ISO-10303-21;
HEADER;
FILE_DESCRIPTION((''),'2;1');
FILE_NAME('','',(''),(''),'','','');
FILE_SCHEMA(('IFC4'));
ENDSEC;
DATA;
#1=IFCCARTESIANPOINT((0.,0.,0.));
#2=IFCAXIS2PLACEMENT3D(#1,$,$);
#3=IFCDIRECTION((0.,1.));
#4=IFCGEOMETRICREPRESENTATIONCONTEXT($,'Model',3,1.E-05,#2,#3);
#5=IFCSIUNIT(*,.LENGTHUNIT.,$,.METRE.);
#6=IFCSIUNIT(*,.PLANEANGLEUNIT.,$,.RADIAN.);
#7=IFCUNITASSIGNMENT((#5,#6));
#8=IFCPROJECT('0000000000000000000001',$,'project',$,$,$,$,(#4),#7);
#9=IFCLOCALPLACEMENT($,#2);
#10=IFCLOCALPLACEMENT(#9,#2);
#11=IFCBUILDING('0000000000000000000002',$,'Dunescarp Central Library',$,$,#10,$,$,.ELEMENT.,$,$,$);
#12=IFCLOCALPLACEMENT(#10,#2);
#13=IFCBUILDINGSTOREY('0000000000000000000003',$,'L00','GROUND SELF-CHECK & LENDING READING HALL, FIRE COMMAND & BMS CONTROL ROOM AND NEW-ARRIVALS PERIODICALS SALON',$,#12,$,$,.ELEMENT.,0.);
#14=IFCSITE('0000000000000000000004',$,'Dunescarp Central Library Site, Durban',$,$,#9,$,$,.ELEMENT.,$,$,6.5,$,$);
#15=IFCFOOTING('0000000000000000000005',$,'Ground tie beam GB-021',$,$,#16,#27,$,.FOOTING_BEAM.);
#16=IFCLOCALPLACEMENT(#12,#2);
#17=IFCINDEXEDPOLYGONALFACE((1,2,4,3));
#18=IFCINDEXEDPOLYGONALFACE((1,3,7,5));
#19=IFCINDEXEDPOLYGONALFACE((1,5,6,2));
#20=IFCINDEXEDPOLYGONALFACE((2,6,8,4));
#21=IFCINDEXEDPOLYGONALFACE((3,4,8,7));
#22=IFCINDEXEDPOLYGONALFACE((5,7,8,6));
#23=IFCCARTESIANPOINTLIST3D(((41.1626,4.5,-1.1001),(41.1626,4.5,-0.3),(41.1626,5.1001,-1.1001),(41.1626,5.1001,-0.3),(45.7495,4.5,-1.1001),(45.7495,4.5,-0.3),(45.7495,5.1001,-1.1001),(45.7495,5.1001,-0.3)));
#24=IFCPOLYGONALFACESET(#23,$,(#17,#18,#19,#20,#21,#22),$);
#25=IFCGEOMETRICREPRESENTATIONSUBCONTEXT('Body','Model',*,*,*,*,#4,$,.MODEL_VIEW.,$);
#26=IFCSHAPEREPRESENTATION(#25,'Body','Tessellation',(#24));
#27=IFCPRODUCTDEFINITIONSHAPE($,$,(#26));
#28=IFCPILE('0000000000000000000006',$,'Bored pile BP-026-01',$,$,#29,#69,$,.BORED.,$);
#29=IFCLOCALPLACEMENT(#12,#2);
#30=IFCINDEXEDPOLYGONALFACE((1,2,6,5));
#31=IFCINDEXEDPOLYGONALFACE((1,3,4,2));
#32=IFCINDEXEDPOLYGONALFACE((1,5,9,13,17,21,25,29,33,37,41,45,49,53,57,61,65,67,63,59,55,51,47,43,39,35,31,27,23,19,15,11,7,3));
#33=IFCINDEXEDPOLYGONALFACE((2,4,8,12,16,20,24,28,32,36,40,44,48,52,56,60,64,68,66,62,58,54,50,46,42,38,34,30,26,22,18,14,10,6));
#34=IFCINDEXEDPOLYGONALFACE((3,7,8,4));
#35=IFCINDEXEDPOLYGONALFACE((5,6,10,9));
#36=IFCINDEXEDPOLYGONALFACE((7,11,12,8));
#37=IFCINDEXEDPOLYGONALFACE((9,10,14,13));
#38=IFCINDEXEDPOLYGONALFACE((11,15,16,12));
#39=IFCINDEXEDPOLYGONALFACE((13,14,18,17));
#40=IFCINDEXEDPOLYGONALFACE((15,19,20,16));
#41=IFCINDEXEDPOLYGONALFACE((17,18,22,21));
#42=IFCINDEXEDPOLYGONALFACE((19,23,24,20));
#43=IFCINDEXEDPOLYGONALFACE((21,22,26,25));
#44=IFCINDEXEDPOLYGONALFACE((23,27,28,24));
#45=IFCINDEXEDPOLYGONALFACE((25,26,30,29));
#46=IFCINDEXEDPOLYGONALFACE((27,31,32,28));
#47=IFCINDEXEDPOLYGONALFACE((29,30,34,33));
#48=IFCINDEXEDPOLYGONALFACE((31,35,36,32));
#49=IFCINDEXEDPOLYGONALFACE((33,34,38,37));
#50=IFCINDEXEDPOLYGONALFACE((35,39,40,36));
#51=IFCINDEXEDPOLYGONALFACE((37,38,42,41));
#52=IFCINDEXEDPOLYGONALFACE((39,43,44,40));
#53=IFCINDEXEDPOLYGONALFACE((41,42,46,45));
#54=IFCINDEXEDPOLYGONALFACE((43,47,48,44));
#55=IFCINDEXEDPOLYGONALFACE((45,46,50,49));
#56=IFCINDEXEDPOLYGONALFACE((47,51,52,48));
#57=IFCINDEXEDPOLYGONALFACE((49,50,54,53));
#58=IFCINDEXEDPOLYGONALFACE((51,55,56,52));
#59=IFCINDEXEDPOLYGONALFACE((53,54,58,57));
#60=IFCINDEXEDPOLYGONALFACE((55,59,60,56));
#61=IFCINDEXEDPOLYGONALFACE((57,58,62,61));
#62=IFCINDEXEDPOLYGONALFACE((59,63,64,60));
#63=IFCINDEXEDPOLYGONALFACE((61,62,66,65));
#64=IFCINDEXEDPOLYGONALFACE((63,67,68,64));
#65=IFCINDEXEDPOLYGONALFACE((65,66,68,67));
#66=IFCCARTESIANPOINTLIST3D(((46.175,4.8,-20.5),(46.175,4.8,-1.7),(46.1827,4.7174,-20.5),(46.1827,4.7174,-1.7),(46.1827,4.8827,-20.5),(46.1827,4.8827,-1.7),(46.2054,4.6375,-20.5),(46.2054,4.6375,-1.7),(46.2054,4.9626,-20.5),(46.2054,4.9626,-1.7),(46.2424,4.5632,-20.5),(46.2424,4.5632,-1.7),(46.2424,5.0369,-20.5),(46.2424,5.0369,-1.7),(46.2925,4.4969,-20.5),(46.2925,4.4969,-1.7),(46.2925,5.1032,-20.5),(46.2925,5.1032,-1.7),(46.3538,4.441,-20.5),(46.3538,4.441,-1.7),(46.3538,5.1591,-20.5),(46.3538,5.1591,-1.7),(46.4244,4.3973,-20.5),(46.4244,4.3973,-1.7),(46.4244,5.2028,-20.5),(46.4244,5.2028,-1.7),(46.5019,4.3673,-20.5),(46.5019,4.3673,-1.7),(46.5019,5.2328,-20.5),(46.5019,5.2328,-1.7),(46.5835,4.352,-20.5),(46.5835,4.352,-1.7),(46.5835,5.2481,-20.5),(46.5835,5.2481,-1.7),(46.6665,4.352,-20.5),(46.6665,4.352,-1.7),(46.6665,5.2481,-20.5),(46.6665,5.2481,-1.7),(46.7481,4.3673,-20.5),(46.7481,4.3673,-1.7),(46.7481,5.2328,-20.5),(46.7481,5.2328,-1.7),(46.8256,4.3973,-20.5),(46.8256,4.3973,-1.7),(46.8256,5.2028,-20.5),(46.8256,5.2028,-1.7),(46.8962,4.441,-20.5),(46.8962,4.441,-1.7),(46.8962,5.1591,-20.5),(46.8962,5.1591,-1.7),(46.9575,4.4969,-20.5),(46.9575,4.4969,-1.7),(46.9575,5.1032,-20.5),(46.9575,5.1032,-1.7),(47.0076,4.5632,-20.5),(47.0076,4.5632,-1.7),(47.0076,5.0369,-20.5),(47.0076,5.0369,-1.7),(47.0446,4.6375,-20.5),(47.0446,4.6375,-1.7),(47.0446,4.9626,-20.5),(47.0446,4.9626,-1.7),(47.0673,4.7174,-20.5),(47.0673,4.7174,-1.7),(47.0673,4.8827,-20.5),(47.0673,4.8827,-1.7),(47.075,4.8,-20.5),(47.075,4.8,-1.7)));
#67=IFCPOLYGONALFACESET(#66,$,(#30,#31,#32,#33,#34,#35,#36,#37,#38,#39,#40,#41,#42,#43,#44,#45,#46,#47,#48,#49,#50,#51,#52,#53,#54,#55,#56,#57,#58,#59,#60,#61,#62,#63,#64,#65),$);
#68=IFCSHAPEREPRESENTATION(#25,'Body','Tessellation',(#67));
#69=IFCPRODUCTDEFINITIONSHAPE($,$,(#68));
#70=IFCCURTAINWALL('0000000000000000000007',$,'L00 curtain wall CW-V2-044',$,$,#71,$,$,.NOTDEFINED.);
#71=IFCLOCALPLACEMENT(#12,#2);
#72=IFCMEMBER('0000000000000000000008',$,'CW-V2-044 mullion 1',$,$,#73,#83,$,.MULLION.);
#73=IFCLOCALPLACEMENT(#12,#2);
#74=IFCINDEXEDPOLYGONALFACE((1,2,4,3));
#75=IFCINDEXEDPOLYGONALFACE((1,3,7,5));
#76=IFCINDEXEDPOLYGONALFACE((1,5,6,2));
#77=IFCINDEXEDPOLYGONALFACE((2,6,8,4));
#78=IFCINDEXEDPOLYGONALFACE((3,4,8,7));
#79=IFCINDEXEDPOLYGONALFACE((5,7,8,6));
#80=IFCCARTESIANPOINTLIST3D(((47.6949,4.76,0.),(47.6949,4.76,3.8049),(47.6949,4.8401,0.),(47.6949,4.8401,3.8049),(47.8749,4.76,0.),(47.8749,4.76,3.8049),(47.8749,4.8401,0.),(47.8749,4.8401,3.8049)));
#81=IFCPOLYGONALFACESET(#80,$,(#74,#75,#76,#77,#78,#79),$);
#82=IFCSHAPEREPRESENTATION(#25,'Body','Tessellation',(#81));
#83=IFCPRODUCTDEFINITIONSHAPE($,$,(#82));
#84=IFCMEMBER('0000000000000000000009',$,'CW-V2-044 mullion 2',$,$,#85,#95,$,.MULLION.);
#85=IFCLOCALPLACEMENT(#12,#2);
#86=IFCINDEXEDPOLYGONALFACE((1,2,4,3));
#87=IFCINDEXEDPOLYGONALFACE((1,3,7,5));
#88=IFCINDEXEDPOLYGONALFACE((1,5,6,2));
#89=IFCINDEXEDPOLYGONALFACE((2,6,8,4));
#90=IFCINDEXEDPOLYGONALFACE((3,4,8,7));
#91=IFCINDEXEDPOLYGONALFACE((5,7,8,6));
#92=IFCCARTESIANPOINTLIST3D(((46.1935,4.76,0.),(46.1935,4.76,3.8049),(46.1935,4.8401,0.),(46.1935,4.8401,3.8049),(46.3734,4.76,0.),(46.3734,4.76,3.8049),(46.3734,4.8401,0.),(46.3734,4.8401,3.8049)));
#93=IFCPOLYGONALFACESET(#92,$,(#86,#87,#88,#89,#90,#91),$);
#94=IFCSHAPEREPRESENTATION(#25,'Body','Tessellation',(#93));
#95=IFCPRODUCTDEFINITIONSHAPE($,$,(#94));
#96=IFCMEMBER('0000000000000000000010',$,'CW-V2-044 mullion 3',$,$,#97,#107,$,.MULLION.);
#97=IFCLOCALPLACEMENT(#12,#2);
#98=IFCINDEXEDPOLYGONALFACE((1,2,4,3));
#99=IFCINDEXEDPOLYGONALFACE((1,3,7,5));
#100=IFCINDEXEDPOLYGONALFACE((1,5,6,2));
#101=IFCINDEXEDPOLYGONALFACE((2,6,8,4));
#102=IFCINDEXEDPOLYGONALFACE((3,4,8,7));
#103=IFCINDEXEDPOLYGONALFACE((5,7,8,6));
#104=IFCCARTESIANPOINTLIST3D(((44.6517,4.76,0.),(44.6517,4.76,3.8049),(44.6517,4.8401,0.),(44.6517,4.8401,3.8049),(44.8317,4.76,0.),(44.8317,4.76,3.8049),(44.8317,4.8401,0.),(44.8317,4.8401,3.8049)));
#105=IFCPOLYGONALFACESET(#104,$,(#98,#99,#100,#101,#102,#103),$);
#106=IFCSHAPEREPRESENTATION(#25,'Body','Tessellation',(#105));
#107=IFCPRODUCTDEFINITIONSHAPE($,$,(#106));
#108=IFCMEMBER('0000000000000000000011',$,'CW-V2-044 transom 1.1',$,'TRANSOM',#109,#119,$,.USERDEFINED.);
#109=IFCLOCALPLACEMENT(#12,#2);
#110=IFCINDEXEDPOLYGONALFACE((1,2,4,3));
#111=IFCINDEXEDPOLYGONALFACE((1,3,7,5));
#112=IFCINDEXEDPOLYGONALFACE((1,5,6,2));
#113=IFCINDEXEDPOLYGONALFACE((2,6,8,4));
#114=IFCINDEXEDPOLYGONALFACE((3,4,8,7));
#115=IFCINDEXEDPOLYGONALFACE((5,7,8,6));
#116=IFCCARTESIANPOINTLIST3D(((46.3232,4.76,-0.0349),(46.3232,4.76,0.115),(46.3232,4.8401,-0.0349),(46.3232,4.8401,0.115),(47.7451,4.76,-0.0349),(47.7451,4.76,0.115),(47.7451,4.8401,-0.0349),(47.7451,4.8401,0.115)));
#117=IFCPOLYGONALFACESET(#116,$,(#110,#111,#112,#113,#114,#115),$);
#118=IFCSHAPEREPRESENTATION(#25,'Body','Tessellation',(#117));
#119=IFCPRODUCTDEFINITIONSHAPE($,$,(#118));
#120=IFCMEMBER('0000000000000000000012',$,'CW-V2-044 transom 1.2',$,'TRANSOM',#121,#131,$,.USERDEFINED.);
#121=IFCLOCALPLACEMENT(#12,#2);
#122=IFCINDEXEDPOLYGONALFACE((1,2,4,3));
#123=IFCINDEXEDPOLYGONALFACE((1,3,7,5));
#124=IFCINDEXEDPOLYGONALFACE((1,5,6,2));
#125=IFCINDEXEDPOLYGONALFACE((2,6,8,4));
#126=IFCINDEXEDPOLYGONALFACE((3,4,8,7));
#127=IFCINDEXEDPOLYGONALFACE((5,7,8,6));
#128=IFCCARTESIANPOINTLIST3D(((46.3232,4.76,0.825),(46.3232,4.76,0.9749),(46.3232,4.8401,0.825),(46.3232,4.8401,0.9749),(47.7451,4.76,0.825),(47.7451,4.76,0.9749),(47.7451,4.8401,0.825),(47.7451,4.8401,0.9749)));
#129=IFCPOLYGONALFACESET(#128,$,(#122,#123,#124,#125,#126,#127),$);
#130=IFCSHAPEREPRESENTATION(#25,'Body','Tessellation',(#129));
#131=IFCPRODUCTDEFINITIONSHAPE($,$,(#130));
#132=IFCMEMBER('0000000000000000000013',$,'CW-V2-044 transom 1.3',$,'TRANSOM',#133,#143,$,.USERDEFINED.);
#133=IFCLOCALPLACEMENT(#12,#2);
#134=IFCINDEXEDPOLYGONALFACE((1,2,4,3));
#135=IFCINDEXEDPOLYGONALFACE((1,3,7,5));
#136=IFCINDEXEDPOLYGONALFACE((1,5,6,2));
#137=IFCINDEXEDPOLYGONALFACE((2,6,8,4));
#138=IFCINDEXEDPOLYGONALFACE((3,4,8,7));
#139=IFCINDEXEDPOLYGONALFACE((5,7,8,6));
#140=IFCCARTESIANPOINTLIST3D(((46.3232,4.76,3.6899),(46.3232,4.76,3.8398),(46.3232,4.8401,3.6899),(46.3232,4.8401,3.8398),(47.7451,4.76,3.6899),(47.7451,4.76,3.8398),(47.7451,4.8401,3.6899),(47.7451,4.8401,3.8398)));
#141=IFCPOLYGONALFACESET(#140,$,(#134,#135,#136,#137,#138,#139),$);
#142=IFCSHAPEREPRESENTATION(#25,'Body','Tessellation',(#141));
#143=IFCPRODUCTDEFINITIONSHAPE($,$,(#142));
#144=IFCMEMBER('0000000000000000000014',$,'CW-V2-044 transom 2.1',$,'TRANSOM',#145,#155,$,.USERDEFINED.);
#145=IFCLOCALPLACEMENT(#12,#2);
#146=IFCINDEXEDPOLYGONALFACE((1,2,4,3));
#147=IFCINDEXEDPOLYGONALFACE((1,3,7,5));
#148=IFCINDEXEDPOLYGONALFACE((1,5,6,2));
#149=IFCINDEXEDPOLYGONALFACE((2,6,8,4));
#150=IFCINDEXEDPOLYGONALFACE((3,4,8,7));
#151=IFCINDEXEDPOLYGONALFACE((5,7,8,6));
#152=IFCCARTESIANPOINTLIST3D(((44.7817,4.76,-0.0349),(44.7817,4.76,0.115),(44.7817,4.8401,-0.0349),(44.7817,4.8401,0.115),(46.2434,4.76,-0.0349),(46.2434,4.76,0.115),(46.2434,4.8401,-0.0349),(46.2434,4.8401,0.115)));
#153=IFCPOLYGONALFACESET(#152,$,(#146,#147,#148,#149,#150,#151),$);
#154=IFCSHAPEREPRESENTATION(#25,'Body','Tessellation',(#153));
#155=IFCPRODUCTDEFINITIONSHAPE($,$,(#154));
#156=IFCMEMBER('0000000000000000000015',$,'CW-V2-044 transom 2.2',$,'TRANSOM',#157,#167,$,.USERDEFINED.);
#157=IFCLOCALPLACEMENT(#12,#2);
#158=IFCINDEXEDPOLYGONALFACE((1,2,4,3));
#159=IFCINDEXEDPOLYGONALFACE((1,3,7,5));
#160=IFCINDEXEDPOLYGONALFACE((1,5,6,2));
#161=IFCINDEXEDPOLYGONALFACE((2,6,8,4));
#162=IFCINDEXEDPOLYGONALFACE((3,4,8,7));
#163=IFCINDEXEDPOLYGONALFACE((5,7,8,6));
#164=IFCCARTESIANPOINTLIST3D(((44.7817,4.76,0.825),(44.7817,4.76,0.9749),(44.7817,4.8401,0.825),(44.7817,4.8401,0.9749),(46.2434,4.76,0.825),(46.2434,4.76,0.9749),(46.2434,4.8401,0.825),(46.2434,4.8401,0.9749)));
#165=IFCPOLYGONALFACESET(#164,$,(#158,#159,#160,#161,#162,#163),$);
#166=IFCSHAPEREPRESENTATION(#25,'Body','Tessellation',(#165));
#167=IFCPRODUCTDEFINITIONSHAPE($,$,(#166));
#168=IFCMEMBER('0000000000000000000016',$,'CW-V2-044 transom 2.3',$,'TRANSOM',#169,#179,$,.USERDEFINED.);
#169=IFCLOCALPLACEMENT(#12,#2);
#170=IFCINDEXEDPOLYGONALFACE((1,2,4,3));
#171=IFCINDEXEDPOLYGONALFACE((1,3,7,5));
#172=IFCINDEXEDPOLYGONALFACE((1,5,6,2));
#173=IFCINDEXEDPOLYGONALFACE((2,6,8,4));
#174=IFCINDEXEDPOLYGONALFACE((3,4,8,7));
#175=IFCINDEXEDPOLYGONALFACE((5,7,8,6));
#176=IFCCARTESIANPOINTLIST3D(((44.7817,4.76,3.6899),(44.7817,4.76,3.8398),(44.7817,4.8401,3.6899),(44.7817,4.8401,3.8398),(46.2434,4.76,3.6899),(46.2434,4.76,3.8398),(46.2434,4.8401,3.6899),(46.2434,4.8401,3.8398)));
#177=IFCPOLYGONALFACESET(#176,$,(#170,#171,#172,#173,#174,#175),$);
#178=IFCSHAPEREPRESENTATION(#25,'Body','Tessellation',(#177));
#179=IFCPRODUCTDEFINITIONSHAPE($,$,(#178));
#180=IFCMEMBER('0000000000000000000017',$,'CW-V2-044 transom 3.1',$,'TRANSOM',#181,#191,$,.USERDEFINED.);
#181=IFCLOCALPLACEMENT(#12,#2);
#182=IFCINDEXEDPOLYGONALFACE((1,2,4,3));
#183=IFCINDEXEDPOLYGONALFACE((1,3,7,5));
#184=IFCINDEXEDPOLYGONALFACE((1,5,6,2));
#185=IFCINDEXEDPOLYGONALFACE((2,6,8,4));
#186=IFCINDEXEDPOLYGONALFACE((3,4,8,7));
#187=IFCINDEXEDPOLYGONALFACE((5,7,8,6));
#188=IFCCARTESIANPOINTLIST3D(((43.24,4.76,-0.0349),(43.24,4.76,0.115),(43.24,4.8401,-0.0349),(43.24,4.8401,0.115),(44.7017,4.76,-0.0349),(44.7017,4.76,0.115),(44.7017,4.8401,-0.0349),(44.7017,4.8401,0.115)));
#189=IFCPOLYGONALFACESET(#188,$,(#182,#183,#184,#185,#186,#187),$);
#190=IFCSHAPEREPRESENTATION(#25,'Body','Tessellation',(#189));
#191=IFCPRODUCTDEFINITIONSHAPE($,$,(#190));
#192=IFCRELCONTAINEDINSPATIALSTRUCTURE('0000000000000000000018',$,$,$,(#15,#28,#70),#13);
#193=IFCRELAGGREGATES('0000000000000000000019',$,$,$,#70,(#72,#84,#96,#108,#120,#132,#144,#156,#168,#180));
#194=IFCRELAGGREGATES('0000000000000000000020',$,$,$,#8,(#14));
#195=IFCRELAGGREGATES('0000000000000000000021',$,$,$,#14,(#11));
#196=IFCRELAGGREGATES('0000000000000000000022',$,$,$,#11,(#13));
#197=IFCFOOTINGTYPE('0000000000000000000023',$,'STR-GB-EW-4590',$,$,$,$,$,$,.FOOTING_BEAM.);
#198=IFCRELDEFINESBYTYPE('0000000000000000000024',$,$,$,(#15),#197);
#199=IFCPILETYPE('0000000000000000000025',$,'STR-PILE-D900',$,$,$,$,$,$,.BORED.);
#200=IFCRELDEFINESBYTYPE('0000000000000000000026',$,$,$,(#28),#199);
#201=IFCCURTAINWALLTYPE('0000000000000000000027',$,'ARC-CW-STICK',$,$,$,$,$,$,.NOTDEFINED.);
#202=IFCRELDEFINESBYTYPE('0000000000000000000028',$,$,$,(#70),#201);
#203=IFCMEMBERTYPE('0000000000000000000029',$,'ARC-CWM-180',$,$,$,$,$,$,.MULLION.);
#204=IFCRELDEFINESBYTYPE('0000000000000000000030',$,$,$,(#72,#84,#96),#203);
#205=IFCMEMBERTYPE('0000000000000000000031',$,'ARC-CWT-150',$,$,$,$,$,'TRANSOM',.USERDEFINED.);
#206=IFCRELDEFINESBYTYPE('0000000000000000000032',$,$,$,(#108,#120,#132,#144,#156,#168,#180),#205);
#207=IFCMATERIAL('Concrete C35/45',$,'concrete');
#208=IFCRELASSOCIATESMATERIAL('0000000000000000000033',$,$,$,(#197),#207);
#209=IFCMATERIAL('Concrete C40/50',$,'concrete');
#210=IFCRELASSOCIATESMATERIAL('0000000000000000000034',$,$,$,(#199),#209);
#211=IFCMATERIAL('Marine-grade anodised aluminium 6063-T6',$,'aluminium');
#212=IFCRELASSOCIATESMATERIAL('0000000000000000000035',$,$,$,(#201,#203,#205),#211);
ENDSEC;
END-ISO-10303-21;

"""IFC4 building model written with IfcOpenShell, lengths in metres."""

from ifc_helpers import new_model, si_unit, direction, frame, origin, origin_2d, place, context, subcontext, project, spatial, rectangle, circle, extrude, material, material_profile, profile_set, type_object, element, aggregate, save


model = new_model("IFC4")

# Units and contexts
model_context = context("Model", 3, precision=1e-05, world=origin(), true_north=direction((0.0, 1.0)))
body_context = subcontext(model_context, "Body", "Model", "MODEL_VIEW")
ifc_project = project(units=[si_unit("LENGTHUNIT", "METRE"), si_unit("PLANEANGLEUNIT", "RADIAN")], contexts=[model_context])

# Site, building, storey
site_placement = place(None, origin())
site = spatial("IfcSite", under=ifc_project, at=site_placement, Name="Dunescarp Central Library Site, Durban", CompositionType="ELEMENT", RefElevation=6.5)
building_placement = place(site_placement, origin())
building = spatial("IfcBuilding", under=site, at=building_placement, Name="Dunescarp Central Library", CompositionType="ELEMENT")
storey_placement = place(building_placement, origin())
storey = spatial("IfcBuildingStorey", under=building, at=storey_placement, Name="L00", Description="GROUND SELF-CHECK & LENDING READING HALL, FIRE COMMAND & BMS CONTROL ROOM AND NEW-ARRIVALS PERIODICALS SALON", CompositionType="ELEMENT", Elevation=0.0)

# Footing
ifc_material_1 = material(Name="Concrete C35/45", Category="concrete")
footing_type = type_object("IfcFootingType", Name="STR-GB-EW-4590", PredefinedType="FOOTING_BEAM", material=ifc_material_1)
footing_placement = place(storey_placement, frame((43.4561, 4.8, -1.1001), z_axis=(0.0, 0.0, 1.0), x_axis=(1.0, 0.0, 0.0)))
element("IfcFooting", 1, at=footing_placement, inside=storey, type_object=footing_type, Name="Ground tie beam GB-021", PredefinedType="FOOTING_BEAM", context=body_context, shape_type="SweptSolid", body=[
    extrude(rectangle(XDim=4.5869, YDim=0.6001, at=origin_2d()), origin(), (0.0, 0.0, 1.0), 0.8),
])

# Pile
ifc_material_2 = material(Name="Concrete C40/50", Category="concrete")
ifc_material_profile_1 = material_profile(ifc_material_2, circle(Radius=0.45, at=origin_2d()), Name="PILE D900")
ifc_profile_set_1 = profile_set([ifc_material_profile_1], Name="Concrete C40/50")
pile_type = type_object("IfcPileType", Name="STR-PILE-D900", PredefinedType="BORED", material=ifc_profile_set_1)
pile_placement = place(storey_placement, frame((46.625, 4.8, -1.7), z_axis=(0.0, 0.0, -1.0), x_axis=(1.0, 0.0, 0.0)))
element("IfcPile", 2, at=pile_placement, inside=storey, type_object=pile_type, Name="Bored pile BP-026-01", PredefinedType="BORED", context=body_context, shape_type="SweptSolid", body=[
    extrude(circle(Radius=0.45, at=origin_2d()), origin(), (0.0, 0.0, 1.0), 18.8),
])

# Curtain wall, members
ifc_material_3 = material(Name="Marine-grade anodised aluminium 6063-T6", Category="aluminium")
curtain_wall_type = type_object("IfcCurtainWallType", Name="ARC-CW-STICK", PredefinedType="NOTDEFINED", material=ifc_material_3)
curtain_wall_placement = place(storey_placement, origin())
curtain_wall = element("IfcCurtainWall", 3, at=curtain_wall_placement, inside=storey, type_object=curtain_wall_type, Name="L00 curtain wall CW-V2-044", PredefinedType="NOTDEFINED")
ifc_material_profile_2 = material_profile(ifc_material_3, rectangle(XDim=0.0801, YDim=0.1799, at=origin_2d()), Name="AL 80x180")
ifc_profile_set_2 = profile_set([ifc_material_profile_2], Name="Marine-grade anodised aluminium 6063-T6")
member_type_1 = type_object("IfcMemberType", Name="ARC-CWM-180", PredefinedType="MULLION", material=ifc_profile_set_2)
member_1_placement = place(storey_placement, frame((47.7849, 4.8, 0.0), z_axis=(0.0, 0.0, 1.0), x_axis=(0.0, -1.0, 0.0)))
member_1 = element("IfcMember", 4, at=member_1_placement, type_object=member_type_1, Name="CW-V2-044 mullion 1", PredefinedType="MULLION", context=body_context, shape_type="SweptSolid", body=[
    extrude(rectangle(XDim=0.0801, YDim=0.1799, at=origin_2d()), origin(), (0.0, 0.0, 1.0), 3.8049),
])
member_2_placement = place(storey_placement, frame((46.2834, 4.8, 0.0), z_axis=(0.0, 0.0, 1.0), x_axis=(0.0, -1.0, 0.0)))
member_2 = element("IfcMember", 5, at=member_2_placement, type_object=member_type_1, Name="CW-V2-044 mullion 2", PredefinedType="MULLION", context=body_context, shape_type="SweptSolid", body=[
    extrude(rectangle(XDim=0.0801, YDim=0.1799, at=origin_2d()), origin(), (0.0, 0.0, 1.0), 3.8049),
])
member_3_placement = place(storey_placement, frame((44.7417, 4.8, 0.0), z_axis=(0.0, 0.0, 1.0), x_axis=(0.0, -1.0, 0.0)))
member_3 = element("IfcMember", 6, at=member_3_placement, type_object=member_type_1, Name="CW-V2-044 mullion 3", PredefinedType="MULLION", context=body_context, shape_type="SweptSolid", body=[
    extrude(rectangle(XDim=0.0801, YDim=0.1799, at=origin_2d()), origin(), (0.0, 0.0, 1.0), 3.8049),
])
ifc_material_profile_3 = material_profile(ifc_material_3, rectangle(XDim=0.0801, YDim=0.1499, at=origin_2d()), Name="AL 80x150")
ifc_profile_set_3 = profile_set([ifc_material_profile_3], Name="Marine-grade anodised aluminium 6063-T6")
member_type_2 = type_object("IfcMemberType", Name="ARC-CWT-150", ElementType="TRANSOM", PredefinedType="USERDEFINED", material=ifc_profile_set_3)
member_4_placement = place(storey_placement, frame((47.7451, 4.8, 0.04), z_axis=(-1.0, 0.0, 0.0), x_axis=(0.0, -1.0, 0.0)))
member_4 = element("IfcMember", 7, at=member_4_placement, type_object=member_type_2, Name="CW-V2-044 transom 1.1", ObjectType="TRANSOM", PredefinedType="USERDEFINED", context=body_context, shape_type="SweptSolid", body=[
    extrude(rectangle(XDim=0.0801, YDim=0.1499, at=origin_2d()), origin(), (0.0, 0.0, 1.0), 1.4219),
])
member_5_placement = place(storey_placement, frame((47.7451, 4.8, 0.8999), z_axis=(-1.0, 0.0, 0.0), x_axis=(0.0, -1.0, 0.0)))
member_5 = element("IfcMember", 8, at=member_5_placement, type_object=member_type_2, Name="CW-V2-044 transom 1.2", ObjectType="TRANSOM", PredefinedType="USERDEFINED", context=body_context, shape_type="SweptSolid", body=[
    extrude(rectangle(XDim=0.0801, YDim=0.1499, at=origin_2d()), origin(), (0.0, 0.0, 1.0), 1.4219),
])
member_6_placement = place(storey_placement, frame((47.7451, 4.8, 3.7649), z_axis=(-1.0, 0.0, 0.0), x_axis=(0.0, -1.0, 0.0)))
member_6 = element("IfcMember", 9, at=member_6_placement, type_object=member_type_2, Name="CW-V2-044 transom 1.3", ObjectType="TRANSOM", PredefinedType="USERDEFINED", context=body_context, shape_type="SweptSolid", body=[
    extrude(rectangle(XDim=0.0801, YDim=0.1499, at=origin_2d()), origin(), (0.0, 0.0, 1.0), 1.4219),
])
member_7_placement = place(storey_placement, frame((46.2434, 4.8, 0.04), z_axis=(-1.0, 0.0, 0.0), x_axis=(0.0, -1.0, 0.0)))
member_7 = element("IfcMember", 10, at=member_7_placement, type_object=member_type_2, Name="CW-V2-044 transom 2.1", ObjectType="TRANSOM", PredefinedType="USERDEFINED", context=body_context, shape_type="SweptSolid", body=[
    extrude(rectangle(XDim=0.0801, YDim=0.1499, at=origin_2d()), origin(), (0.0, 0.0, 1.0), 1.4617),
])
member_8_placement = place(storey_placement, frame((46.2434, 4.8, 0.8999), z_axis=(-1.0, 0.0, 0.0), x_axis=(0.0, -1.0, 0.0)))
member_8 = element("IfcMember", 11, at=member_8_placement, type_object=member_type_2, Name="CW-V2-044 transom 2.2", ObjectType="TRANSOM", PredefinedType="USERDEFINED", context=body_context, shape_type="SweptSolid", body=[
    extrude(rectangle(XDim=0.0801, YDim=0.1499, at=origin_2d()), origin(), (0.0, 0.0, 1.0), 1.4617),
])
member_9_placement = place(storey_placement, frame((46.2434, 4.8, 3.7649), z_axis=(-1.0, 0.0, 0.0), x_axis=(0.0, -1.0, 0.0)))
member_9 = element("IfcMember", 12, at=member_9_placement, type_object=member_type_2, Name="CW-V2-044 transom 2.3", ObjectType="TRANSOM", PredefinedType="USERDEFINED", context=body_context, shape_type="SweptSolid", body=[
    extrude(rectangle(XDim=0.0801, YDim=0.1499, at=origin_2d()), origin(), (0.0, 0.0, 1.0), 1.4617),
])
member_10_placement = place(storey_placement, frame((44.7017, 4.8, 0.04), z_axis=(-1.0, 0.0, 0.0), x_axis=(0.0, -1.0, 0.0)))
member_10 = element("IfcMember", 13, at=member_10_placement, type_object=member_type_2, Name="CW-V2-044 transom 3.1", ObjectType="TRANSOM", PredefinedType="USERDEFINED", context=body_context, shape_type="SweptSolid", body=[
    extrude(rectangle(XDim=0.0801, YDim=0.1499, at=origin_2d()), origin(), (0.0, 0.0, 1.0), 1.4617),
])
aggregate(curtain_wall, [member_1, member_2, member_3, member_4, member_5, member_6, member_7, member_8, member_9, member_10])

save(model, "model.ifc")
